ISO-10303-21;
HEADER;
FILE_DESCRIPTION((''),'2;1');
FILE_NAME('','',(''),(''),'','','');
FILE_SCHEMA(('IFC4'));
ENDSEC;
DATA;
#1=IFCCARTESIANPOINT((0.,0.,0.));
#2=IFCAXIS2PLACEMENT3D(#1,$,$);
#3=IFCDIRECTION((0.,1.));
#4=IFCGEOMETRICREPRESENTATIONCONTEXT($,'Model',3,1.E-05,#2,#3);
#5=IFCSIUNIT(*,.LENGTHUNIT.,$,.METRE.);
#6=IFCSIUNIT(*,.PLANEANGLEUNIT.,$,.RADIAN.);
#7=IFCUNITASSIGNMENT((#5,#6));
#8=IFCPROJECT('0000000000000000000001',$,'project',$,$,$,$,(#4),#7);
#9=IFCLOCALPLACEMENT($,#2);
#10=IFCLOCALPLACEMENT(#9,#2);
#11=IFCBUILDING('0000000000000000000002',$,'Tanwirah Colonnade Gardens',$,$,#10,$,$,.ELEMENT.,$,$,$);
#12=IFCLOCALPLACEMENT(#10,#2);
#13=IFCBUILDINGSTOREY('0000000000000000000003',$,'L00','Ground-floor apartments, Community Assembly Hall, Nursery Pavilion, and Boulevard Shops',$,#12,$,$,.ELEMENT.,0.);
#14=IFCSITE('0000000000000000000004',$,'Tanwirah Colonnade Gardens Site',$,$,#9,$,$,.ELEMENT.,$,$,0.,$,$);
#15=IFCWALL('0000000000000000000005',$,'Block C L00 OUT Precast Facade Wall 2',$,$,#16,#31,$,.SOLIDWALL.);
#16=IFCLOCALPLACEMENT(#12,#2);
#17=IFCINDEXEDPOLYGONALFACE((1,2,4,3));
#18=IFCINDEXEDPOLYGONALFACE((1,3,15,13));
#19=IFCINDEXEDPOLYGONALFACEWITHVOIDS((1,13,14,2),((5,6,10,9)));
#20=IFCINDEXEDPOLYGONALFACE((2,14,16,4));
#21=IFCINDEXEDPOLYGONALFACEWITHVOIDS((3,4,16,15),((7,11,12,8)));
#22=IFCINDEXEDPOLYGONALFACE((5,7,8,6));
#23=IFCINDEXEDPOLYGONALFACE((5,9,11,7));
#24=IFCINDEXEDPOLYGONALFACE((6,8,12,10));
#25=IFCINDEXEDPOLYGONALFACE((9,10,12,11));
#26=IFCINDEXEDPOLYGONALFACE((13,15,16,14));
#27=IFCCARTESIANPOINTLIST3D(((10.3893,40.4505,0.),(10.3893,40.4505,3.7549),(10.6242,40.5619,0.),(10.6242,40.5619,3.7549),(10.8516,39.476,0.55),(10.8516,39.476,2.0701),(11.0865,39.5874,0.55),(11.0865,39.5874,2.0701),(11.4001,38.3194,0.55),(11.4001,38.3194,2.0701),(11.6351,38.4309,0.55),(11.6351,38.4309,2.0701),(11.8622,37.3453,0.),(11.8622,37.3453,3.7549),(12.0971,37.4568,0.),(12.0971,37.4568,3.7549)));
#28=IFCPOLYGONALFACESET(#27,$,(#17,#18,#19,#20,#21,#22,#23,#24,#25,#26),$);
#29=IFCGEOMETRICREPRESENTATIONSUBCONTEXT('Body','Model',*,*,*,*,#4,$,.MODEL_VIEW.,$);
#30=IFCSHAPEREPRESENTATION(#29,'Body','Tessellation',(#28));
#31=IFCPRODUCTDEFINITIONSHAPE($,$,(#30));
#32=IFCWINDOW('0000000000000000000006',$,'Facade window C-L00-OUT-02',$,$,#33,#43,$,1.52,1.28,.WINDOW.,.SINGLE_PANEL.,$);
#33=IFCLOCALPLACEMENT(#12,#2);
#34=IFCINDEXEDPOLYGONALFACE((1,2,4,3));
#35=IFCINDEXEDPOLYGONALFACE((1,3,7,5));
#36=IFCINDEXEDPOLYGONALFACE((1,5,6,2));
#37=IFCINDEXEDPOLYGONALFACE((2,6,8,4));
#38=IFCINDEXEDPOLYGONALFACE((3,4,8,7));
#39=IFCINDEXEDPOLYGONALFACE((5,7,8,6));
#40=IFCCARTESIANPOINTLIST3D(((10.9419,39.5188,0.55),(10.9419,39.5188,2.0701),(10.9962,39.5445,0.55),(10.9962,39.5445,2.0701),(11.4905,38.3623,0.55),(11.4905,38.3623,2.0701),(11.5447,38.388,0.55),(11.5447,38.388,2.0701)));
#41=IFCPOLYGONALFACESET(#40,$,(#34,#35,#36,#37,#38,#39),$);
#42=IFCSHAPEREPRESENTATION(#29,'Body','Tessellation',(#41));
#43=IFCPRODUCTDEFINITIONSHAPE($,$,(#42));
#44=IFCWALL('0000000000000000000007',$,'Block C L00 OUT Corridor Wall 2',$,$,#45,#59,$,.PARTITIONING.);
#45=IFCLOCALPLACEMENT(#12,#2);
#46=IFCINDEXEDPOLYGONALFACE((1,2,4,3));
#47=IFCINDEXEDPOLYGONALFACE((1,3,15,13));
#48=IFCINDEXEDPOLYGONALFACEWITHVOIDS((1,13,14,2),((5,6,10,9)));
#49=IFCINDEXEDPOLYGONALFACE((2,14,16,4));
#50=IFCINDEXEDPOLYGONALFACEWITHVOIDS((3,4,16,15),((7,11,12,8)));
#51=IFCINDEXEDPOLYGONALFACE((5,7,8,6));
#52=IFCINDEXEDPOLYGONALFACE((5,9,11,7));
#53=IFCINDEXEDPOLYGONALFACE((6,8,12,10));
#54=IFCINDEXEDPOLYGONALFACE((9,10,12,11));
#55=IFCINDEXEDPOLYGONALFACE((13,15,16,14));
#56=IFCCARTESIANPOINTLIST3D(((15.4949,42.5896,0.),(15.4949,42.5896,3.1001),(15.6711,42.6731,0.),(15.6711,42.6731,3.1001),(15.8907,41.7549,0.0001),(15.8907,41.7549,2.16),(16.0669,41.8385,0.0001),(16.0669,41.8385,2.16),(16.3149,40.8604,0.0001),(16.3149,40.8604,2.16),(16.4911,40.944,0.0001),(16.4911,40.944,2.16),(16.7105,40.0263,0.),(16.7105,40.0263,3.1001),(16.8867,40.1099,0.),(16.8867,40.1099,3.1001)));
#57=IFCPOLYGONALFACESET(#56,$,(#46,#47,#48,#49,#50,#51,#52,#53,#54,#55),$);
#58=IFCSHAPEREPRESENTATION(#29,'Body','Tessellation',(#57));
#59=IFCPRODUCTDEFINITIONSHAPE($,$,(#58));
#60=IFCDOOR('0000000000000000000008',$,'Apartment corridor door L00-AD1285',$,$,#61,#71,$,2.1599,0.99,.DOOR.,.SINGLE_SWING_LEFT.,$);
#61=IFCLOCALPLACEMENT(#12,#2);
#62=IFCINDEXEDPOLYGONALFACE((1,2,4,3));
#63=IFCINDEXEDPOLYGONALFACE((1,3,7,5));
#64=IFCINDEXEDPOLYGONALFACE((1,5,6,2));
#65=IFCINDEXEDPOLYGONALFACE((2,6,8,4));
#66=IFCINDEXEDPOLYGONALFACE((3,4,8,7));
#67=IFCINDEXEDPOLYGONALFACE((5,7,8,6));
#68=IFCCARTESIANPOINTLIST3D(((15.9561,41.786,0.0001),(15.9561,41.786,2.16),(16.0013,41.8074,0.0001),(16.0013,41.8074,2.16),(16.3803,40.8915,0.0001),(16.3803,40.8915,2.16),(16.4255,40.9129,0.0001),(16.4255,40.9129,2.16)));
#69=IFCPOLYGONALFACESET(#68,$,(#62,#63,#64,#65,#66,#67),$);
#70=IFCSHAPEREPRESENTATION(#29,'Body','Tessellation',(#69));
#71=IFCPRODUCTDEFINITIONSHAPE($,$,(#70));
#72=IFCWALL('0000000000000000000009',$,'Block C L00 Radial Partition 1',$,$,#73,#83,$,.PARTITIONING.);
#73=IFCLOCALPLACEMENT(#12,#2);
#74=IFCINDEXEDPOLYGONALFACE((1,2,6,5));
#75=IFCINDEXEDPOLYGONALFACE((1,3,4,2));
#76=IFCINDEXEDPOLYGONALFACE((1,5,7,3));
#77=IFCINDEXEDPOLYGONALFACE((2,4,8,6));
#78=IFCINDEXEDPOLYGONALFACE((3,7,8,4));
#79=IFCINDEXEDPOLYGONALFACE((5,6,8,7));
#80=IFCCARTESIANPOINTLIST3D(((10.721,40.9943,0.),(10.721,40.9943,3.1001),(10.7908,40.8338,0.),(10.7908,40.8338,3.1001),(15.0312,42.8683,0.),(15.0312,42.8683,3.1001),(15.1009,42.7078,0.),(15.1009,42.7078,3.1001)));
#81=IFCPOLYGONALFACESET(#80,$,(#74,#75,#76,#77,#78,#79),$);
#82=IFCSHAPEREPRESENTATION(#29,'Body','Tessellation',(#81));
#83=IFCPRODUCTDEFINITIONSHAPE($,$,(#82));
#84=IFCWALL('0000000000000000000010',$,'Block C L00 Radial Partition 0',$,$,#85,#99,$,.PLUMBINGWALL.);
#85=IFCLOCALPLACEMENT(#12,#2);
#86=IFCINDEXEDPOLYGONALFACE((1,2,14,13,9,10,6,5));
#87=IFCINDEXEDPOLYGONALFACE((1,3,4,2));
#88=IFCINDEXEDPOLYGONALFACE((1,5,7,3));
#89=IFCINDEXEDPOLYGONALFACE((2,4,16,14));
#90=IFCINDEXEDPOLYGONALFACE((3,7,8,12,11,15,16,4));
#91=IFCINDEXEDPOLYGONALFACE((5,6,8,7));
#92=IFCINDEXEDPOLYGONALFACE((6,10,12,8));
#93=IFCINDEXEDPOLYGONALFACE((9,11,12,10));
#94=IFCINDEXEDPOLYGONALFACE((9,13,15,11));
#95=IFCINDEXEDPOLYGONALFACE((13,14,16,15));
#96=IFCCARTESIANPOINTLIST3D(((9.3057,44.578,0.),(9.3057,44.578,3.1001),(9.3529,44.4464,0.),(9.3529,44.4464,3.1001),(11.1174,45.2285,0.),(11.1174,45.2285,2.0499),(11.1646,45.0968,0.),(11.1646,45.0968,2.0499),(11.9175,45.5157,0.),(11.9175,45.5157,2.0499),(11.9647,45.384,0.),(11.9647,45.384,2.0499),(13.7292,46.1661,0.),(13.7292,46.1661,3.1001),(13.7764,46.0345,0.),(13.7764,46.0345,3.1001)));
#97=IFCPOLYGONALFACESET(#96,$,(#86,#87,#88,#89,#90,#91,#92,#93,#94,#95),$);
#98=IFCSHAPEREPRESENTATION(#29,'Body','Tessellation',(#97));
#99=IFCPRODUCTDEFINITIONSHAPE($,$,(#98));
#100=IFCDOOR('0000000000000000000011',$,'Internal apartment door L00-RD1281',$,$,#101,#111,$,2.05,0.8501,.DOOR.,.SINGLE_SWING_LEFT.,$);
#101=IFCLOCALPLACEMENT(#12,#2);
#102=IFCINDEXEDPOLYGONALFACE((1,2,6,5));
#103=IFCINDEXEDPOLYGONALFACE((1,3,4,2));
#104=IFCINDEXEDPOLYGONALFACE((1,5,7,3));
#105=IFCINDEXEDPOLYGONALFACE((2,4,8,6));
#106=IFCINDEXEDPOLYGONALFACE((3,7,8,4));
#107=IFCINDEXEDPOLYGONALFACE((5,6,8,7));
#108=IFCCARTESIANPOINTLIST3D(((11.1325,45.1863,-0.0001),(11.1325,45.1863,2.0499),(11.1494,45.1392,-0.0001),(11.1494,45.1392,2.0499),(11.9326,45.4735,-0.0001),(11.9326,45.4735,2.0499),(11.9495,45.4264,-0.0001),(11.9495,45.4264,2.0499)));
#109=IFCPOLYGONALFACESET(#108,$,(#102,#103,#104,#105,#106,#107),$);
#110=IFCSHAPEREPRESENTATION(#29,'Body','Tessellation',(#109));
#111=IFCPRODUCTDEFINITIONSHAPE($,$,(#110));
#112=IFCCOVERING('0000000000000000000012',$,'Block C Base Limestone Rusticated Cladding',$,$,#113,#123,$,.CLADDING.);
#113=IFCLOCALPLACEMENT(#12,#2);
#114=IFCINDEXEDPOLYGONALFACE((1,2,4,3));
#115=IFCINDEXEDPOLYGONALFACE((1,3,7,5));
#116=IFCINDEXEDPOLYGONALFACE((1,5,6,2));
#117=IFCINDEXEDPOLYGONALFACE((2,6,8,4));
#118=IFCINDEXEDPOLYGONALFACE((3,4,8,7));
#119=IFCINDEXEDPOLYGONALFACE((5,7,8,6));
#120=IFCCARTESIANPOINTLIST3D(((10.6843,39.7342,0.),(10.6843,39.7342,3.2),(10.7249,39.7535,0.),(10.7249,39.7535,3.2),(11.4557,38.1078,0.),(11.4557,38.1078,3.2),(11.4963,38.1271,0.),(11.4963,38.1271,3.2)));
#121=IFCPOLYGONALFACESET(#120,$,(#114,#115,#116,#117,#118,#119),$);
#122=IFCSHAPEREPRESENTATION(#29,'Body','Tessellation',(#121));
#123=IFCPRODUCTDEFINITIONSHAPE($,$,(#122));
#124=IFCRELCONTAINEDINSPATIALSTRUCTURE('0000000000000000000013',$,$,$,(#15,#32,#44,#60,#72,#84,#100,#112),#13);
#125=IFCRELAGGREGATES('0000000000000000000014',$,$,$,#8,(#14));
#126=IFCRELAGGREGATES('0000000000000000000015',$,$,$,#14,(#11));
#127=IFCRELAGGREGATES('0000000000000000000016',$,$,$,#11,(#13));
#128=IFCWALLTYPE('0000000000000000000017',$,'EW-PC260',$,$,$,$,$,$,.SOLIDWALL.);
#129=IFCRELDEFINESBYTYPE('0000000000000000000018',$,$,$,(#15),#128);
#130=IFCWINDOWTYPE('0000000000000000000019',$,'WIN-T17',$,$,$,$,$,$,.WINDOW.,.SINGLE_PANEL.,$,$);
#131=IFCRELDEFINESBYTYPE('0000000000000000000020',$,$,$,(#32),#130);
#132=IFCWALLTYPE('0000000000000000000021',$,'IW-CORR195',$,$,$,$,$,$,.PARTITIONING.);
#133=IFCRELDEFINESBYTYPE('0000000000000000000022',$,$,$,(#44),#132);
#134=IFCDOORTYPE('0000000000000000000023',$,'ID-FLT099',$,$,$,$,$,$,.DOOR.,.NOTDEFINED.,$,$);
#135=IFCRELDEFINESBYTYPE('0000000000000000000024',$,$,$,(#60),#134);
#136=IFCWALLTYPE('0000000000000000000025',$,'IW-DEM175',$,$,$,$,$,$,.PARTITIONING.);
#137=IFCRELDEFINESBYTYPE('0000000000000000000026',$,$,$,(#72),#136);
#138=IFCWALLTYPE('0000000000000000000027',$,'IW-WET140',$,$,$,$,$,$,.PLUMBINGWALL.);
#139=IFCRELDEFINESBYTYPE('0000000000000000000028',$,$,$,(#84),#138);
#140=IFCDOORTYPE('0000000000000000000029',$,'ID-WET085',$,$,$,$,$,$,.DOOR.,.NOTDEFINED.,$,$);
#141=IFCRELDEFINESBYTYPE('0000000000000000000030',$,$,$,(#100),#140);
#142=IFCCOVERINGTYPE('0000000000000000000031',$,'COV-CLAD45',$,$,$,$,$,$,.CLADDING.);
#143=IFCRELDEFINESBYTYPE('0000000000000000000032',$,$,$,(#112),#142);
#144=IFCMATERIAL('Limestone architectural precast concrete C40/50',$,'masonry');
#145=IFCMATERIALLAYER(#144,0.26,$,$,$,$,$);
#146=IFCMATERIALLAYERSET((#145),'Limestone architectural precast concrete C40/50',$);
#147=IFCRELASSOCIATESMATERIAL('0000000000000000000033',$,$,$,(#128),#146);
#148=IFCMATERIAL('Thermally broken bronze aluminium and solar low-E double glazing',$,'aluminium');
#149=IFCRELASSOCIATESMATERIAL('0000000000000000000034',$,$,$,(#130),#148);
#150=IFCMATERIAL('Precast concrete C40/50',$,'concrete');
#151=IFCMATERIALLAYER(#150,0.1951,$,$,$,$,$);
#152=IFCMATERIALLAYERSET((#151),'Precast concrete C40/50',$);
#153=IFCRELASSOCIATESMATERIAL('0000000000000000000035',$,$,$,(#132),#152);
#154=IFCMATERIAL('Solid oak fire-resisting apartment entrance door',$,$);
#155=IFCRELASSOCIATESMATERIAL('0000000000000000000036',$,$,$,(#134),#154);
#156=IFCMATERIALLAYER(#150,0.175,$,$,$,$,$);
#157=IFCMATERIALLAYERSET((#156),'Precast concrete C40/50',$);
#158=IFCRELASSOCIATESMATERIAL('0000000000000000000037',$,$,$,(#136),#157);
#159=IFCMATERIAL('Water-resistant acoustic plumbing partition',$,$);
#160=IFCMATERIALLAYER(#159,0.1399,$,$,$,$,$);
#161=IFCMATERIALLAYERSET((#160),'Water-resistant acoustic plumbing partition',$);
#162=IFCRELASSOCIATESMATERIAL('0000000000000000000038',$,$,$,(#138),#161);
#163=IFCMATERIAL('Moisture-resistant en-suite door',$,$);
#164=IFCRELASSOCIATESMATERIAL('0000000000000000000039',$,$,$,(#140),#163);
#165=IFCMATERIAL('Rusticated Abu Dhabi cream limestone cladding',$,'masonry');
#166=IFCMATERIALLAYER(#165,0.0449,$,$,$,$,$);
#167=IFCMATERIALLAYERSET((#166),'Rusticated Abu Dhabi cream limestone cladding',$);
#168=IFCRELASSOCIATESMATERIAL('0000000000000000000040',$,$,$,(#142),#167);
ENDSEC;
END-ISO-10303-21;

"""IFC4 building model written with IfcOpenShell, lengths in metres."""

from ifc_helpers import new_model, si_unit, direction, frame, frame_2d, origin, origin_2d, place, context, subcontext, project, spatial, rectangle, extrude, material, layer, layer_set, type_object, element, fill, save


model = new_model("IFC4")

# Units and contexts
model_context = context("Model", 3, precision=1e-05, world=origin(), true_north=direction((0.0, 1.0)))
body_context = subcontext(model_context, "Body", "Model", "MODEL_VIEW")
ifc_project = project(units=[si_unit("LENGTHUNIT", "METRE"), si_unit("PLANEANGLEUNIT", "RADIAN")], contexts=[model_context])

# Site, building, storey
site_placement = place(None, origin())
site = spatial("IfcSite", under=ifc_project, at=site_placement, Name="Tanwirah Colonnade Gardens Site", CompositionType="ELEMENT", RefElevation=0.0)
building_placement = place(site_placement, origin())
building = spatial("IfcBuilding", under=site, at=building_placement, Name="Tanwirah Colonnade Gardens", CompositionType="ELEMENT")
storey_placement = place(building_placement, origin())
storey = spatial("IfcBuildingStorey", under=building, at=storey_placement, Name="L00", Description="Ground-floor apartments, Community Assembly Hall, Nursery Pavilion, and Boulevard Shops", CompositionType="ELEMENT", Elevation=0.0)

# Shared definitions
ifc_material_1 = material(Name="Precast concrete C40/50", Category="concrete")

# Wall, opening, window
ifc_material_2 = material(Name="Limestone architectural precast concrete C40/50", Category="masonry")
ifc_layer_1 = layer(ifc_material_2, 0.26)
ifc_layer_set_1 = layer_set([ifc_layer_1], Name="Limestone architectural precast concrete C40/50")
wall_type_1 = type_object("IfcWallType", Name="EW-PC260", PredefinedType="SOLIDWALL", material=ifc_layer_set_1)
ifc_material_3 = material(Name="Thermally broken bronze aluminium and solar low-E double glazing", Category="aluminium")
wall_1_placement = place(storey_placement, frame((10.5068, 40.5061, 0.0), z_axis=(0.0, 0.0, 1.0), x_axis=(0.428563, -0.903512, 0.0)))
wall_1 = element("IfcWall", 1, at=wall_1_placement, inside=storey, type_object=wall_type_1, Name="Block C L00 OUT Precast Facade Wall 2", PredefinedType="SOLIDWALL", context=body_context, shape_type="SweptSolid", body=[
    extrude(rectangle(XDim=3.4368, YDim=0.26, at=frame_2d((1.7183, 0.0))), origin(), (0.0, 0.0, 1.0), 3.7549),
])
opening_1_placement = place(wall_1_placement, frame((1.0784, 0.0, 0.55)))
opening_1 = element("IfcOpeningElement", 2, at=opening_1_placement, cuts=wall_1, PredefinedType="OPENING", context=body_context, shape_type="SweptSolid", body=[
    extrude(rectangle(XDim=1.28, YDim=1.52, at=frame_2d((0.6401, 0.76))), frame((0.0, 0.1399, 0.0), z_axis=(0.0, -1.0, 0.0), x_axis=(1.0, 0.0, 0.0)), (0.0, 0.0, 1.0), 0.28),
])
window_type_1 = type_object("IfcWindowType", Name="WIN-T17", PartitioningType="SINGLE_PANEL", PredefinedType="WINDOW", material=ifc_material_3)
window_1_placement = place(opening_1_placement, origin())
window_1 = element("IfcWindow", 3, at=window_1_placement, inside=storey, type_object=window_type_1, Name="Facade window C-L00-OUT-02", OverallHeight=1.52, OverallWidth=1.28, PartitioningType="SINGLE_PANEL", PredefinedType="WINDOW", context=body_context, shape_type="SweptSolid", body=[
    extrude(rectangle(XDim=1.28, YDim=1.52, at=frame_2d((0.6401, 0.76))), frame((0.0, 0.03, 0.0), z_axis=(0.0, -1.0, 0.0), x_axis=(1.0, 0.0, 0.0)), (0.0, 0.0, 1.0), 0.0601),
])
fill(opening_1, window_1)

# Wall, opening, door
ifc_layer_2 = layer(ifc_material_1, 0.1951)
ifc_layer_set_2 = layer_set([ifc_layer_2], Name="Precast concrete C40/50")
wall_type_2 = type_object("IfcWallType", Name="IW-CORR195", PredefinedType="PARTITIONING", material=ifc_layer_set_2)
ifc_material_4 = material(Name="Solid oak fire-resisting apartment entrance door")
wall_2_placement = place(storey_placement, frame((15.583, 42.6313, 0.0), z_axis=(0.0, 0.0, 1.0), x_axis=(0.428493, -0.903545, 0.0)))
wall_2 = element("IfcWall", 4, at=wall_2_placement, inside=storey, type_object=wall_type_2, Name="Block C L00 OUT Corridor Wall 2", PredefinedType="PARTITIONING", context=body_context, shape_type="SweptSolid", body=[
    extrude(rectangle(XDim=2.8369, YDim=0.1951, at=frame_2d((1.4185, 0.0))), origin(), (0.0, 0.0, 1.0), 3.1001),
])
opening_2_placement = place(wall_2_placement, frame((0.9236, 0.0, 0.0)))
opening_2 = element("IfcOpeningElement", 5, at=opening_2_placement, cuts=wall_2, PredefinedType="OPENING", context=body_context, shape_type="SweptSolid", body=[
    extrude(rectangle(XDim=0.99, YDim=2.1599, at=frame_2d((0.4951, 1.0801))), frame((0.0, 0.1074, 0.0), z_axis=(0.0, -1.0, 0.0), x_axis=(1.0, 0.0, 0.0)), (0.0, 0.0, 1.0), 0.2151),
])
door_type_1 = type_object("IfcDoorType", Name="ID-FLT099", OperationType="NOTDEFINED", PredefinedType="DOOR", material=ifc_material_4)
door_1_placement = place(opening_2_placement, origin())
door_1 = element("IfcDoor", 6, at=door_1_placement, inside=storey, type_object=door_type_1, Name="Apartment corridor door L00-AD1285", OperationType="SINGLE_SWING_LEFT", OverallHeight=2.1599, OverallWidth=0.99, PredefinedType="DOOR", context=body_context, shape_type="SweptSolid", body=[
    extrude(rectangle(XDim=0.99, YDim=2.1599, at=frame_2d((0.4951, 1.0801))), frame((0.0, 0.0249, 0.0), z_axis=(0.0, -1.0, 0.0), x_axis=(1.0, 0.0, 0.0)), (0.0, 0.0, 1.0), 0.05),
])
fill(opening_2, door_1)

# Wall
ifc_layer_3 = layer(ifc_material_1, 0.175)
ifc_layer_set_3 = layer_set([ifc_layer_3], Name="Precast concrete C40/50")
wall_type_3 = type_object("IfcWallType", Name="IW-DEM175", PredefinedType="PARTITIONING", material=ifc_layer_set_3)
wall_3_placement = place(storey_placement, frame((15.0662, 42.7881, 0.0), z_axis=(0.0, 0.0, 1.0), x_axis=(-0.917072, -0.398722, 0.0)))
element("IfcWall", 7, at=wall_3_placement, inside=storey, type_object=wall_type_3, Name="Block C L00 Radial Partition 1", PredefinedType="PARTITIONING", context=body_context, shape_type="SweptSolid", body=[
    extrude(rectangle(XDim=4.7, YDim=0.175, at=frame_2d((2.3501, 0.0))), origin(), (0.0, 0.0, 1.0), 3.1001),
])

# Wall, opening, door
ifc_material_5 = material(Name="Water-resistant acoustic plumbing partition")
ifc_layer_4 = layer(ifc_material_5, 0.1399)
ifc_layer_set_4 = layer_set([ifc_layer_4], Name="Water-resistant acoustic plumbing partition")
wall_type_4 = type_object("IfcWallType", Name="IW-WET140", PredefinedType="PLUMBINGWALL", material=ifc_layer_set_4)
wall_4_placement = place(storey_placement, frame((13.7529, 46.1003, 0.0), z_axis=(0.0, 0.0, 1.0), x_axis=(-0.941182, -0.337899, 0.0)))
wall_4 = element("IfcWall", 8, at=wall_4_placement, inside=storey, type_object=wall_type_4, Name="Block C L00 Radial Partition 0", PredefinedType="PLUMBINGWALL", context=body_context, shape_type="SweptSolid", body=[
    extrude(rectangle(XDim=4.7, YDim=0.1399, at=frame_2d((2.3501, 0.0))), origin(), (0.0, 0.0, 1.0), 3.1001),
])
opening_3_placement = place(wall_4_placement, frame((1.925, 0.0, 0.0)))
opening_3 = element("IfcOpeningElement", 9, at=opening_3_placement, cuts=wall_4, PredefinedType="OPENING", context=body_context, shape_type="SweptSolid", body=[
    extrude(rectangle(XDim=0.8501, YDim=2.05, at=frame_2d((0.425, 1.0249))), frame((0.0, 0.0798, 0.0), z_axis=(0.0, -1.0, 0.0), x_axis=(1.0, 0.0, 0.0)), (0.0, 0.0, 1.0), 0.1599),
])
ifc_material_6 = material(Name="Moisture-resistant en-suite door")
door_type_2 = type_object("IfcDoorType", Name="ID-WET085", OperationType="NOTDEFINED", PredefinedType="DOOR", material=ifc_material_6)
door_2_placement = place(opening_3_placement, origin())
door_2 = element("IfcDoor", 10, at=door_2_placement, inside=storey, type_object=door_type_2, Name="Internal apartment door L00-RD1281", OperationType="SINGLE_SWING_LEFT", OverallHeight=2.05, OverallWidth=0.8501, PredefinedType="DOOR", context=body_context, shape_type="SweptSolid", body=[
    extrude(rectangle(XDim=0.8501, YDim=2.05, at=frame_2d((0.425, 1.0249))), frame((0.0, 0.0249, 0.0), z_axis=(0.0, -1.0, 0.0), x_axis=(1.0, 0.0, 0.0)), (0.0, 0.0, 1.0), 0.05),
])
fill(opening_3, door_2)

# Covering
ifc_material_7 = material(Name="Rusticated Abu Dhabi cream limestone cladding", Category="masonry")
ifc_layer_5 = layer(ifc_material_7, 0.0449)
ifc_layer_set_5 = layer_set([ifc_layer_5], Name="Rusticated Abu Dhabi cream limestone cladding")
covering_type = type_object("IfcCoveringType", Name="COV-CLAD45", PredefinedType="CLADDING", material=ifc_layer_set_5)
covering_placement = place(storey_placement, frame((11.0903, 38.9307, 0.0), z_axis=(0.0, 0.0, 1.0), x_axis=(0.428541, -0.903522, 0.0)))
element("IfcCovering", 11, at=covering_placement, inside=storey, type_object=covering_type, Name="Block C Base Limestone Rusticated Cladding", PredefinedType="CLADDING", context=body_context, shape_type="SweptSolid", body=[
    extrude(rectangle(XDim=1.8, YDim=0.0449, at=origin_2d()), origin(), (0.0, 0.0, 1.0), 3.2),
])

save(model, "model.ifc")
